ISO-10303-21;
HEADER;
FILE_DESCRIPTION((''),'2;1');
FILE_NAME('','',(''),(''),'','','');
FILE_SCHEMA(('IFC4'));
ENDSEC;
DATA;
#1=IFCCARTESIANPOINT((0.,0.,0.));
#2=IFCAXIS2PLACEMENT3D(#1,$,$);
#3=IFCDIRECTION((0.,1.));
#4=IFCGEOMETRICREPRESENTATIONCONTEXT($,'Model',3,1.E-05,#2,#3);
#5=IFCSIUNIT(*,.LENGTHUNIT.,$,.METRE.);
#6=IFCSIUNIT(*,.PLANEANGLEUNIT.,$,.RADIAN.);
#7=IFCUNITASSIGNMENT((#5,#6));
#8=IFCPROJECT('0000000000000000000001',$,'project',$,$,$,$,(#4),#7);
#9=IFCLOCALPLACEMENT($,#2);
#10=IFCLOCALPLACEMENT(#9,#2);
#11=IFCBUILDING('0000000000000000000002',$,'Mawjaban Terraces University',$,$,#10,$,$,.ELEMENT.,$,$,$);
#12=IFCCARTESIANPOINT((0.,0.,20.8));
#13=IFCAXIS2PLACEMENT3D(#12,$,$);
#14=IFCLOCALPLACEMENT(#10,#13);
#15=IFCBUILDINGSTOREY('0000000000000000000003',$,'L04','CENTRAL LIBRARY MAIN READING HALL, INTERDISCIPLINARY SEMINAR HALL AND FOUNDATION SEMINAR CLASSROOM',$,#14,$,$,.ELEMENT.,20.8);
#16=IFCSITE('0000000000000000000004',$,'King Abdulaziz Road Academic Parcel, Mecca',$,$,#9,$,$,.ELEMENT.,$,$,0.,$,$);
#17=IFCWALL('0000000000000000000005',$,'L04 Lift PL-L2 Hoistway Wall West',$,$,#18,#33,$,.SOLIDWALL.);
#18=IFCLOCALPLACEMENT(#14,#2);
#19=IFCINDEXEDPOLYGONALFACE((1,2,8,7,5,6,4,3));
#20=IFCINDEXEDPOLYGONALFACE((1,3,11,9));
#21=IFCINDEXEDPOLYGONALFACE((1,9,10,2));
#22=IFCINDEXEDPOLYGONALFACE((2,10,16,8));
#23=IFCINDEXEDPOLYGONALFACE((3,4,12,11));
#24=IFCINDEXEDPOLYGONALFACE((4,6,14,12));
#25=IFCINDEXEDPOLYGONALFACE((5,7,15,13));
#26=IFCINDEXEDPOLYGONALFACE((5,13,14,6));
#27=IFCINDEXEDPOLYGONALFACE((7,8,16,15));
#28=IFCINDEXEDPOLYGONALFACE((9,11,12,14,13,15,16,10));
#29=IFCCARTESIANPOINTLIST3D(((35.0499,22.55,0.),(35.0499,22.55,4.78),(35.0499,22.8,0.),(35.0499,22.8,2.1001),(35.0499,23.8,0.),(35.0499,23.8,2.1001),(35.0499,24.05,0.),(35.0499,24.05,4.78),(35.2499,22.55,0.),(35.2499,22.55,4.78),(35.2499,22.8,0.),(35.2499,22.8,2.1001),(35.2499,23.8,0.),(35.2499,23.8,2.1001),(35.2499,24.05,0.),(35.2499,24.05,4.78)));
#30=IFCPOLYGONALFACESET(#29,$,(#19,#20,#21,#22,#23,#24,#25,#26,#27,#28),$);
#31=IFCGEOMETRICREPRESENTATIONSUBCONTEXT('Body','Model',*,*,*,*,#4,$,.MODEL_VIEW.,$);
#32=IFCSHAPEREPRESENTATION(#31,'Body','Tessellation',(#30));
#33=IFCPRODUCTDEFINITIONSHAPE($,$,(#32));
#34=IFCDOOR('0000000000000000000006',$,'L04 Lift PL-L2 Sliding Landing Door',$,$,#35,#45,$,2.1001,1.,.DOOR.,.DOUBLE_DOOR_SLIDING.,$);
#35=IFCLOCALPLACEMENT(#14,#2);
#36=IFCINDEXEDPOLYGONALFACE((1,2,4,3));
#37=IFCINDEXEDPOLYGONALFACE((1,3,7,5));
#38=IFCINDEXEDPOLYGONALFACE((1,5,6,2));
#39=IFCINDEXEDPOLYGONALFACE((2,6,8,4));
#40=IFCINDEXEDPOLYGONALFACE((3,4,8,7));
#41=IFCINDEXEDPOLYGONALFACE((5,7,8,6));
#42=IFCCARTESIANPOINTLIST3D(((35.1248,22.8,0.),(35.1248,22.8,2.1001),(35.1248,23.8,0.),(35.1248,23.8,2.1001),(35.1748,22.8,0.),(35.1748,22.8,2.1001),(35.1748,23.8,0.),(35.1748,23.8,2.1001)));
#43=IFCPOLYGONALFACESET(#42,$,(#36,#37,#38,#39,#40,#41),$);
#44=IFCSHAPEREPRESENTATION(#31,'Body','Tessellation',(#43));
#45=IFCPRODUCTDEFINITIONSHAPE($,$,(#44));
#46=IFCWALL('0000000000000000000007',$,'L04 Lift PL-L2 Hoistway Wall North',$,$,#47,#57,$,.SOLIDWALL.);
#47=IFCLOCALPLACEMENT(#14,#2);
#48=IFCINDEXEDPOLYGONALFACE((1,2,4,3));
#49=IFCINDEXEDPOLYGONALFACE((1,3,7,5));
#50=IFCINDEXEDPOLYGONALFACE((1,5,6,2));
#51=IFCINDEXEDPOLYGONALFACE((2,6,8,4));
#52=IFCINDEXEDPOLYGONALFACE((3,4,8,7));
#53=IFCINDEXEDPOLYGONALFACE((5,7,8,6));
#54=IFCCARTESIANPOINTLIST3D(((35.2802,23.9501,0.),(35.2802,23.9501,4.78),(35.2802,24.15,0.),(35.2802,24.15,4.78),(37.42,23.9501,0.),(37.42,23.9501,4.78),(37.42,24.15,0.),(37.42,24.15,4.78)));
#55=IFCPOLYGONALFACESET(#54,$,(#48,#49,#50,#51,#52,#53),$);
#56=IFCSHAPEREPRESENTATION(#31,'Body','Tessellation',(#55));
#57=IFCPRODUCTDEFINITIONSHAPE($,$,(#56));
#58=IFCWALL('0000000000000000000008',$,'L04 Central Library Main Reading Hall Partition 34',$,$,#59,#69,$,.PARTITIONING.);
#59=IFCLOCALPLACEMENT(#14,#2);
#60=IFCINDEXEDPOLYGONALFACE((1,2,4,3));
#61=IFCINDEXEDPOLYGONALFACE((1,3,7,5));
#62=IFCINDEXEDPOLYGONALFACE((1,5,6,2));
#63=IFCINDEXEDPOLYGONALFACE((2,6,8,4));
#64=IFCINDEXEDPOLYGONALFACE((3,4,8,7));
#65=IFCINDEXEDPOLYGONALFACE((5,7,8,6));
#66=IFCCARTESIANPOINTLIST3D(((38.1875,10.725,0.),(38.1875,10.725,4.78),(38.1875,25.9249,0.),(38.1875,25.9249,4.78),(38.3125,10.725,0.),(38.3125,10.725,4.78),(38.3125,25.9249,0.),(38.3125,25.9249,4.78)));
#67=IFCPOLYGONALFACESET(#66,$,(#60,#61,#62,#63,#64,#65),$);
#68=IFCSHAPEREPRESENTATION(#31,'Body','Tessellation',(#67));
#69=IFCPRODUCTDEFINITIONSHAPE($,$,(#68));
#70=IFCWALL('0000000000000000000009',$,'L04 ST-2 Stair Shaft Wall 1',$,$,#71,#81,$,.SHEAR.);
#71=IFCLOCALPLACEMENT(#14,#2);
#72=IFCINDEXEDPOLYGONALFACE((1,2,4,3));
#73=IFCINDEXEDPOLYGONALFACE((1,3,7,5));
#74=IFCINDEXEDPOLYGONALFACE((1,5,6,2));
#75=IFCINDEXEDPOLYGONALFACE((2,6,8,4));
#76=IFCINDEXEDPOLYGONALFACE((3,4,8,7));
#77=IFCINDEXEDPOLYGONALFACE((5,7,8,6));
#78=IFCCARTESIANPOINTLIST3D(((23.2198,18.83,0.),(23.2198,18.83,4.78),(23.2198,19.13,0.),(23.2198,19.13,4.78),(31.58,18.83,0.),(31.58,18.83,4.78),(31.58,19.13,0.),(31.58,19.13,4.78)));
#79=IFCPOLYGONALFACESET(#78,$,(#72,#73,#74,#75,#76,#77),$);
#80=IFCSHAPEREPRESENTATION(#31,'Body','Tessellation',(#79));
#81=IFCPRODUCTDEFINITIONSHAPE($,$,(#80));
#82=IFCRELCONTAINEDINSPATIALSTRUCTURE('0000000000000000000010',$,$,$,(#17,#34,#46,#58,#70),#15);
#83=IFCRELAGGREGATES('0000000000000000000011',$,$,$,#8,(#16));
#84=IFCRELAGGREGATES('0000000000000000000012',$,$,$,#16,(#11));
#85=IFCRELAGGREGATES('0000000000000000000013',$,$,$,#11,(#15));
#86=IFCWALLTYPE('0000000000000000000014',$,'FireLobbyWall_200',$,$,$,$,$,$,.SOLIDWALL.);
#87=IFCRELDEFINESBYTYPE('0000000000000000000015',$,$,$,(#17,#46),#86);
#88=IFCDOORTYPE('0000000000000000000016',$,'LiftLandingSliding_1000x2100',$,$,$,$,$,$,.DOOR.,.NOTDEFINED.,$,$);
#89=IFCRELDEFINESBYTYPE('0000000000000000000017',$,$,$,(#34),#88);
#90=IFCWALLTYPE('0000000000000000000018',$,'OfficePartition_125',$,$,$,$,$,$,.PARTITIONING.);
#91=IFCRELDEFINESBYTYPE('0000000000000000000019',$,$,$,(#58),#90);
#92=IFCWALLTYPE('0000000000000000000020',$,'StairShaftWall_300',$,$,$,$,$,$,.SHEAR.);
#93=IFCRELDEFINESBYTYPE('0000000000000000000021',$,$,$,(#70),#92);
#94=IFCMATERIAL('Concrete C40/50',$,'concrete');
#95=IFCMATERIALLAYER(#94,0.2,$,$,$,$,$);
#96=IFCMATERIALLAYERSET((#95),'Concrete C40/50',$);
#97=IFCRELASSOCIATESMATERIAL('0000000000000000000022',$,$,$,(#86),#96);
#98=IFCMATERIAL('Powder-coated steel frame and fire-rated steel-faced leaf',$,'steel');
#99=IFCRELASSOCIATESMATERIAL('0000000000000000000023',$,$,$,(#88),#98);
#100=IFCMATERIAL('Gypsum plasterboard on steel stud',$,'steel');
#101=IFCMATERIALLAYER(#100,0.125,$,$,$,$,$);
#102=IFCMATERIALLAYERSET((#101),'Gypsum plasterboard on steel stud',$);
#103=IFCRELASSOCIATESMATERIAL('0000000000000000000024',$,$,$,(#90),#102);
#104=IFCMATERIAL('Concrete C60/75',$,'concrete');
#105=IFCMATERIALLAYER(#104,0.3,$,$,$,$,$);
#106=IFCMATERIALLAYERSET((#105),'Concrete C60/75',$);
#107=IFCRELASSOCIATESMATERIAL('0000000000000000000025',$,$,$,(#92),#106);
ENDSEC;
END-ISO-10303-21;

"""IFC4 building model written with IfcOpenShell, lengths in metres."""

from ifc_helpers import new_model, si_unit, direction, frame, frame_2d, origin, place, context, subcontext, project, spatial, rectangle, extrude, material, layer, layer_set, type_object, element, fill, save


model = new_model("IFC4")

# Units and contexts
model_context = context("Model", 3, precision=1e-05, world=origin(), true_north=direction((0.0, 1.0)))
body_context = subcontext(model_context, "Body", "Model", "MODEL_VIEW")
ifc_project = project(units=[si_unit("LENGTHUNIT", "METRE"), si_unit("PLANEANGLEUNIT", "RADIAN")], contexts=[model_context])

# Site, building, storey
site_placement = place(None, origin())
site = spatial("IfcSite", under=ifc_project, at=site_placement, Name="King Abdulaziz Road Academic Parcel, Mecca", CompositionType="ELEMENT", RefElevation=0.0)
building_placement = place(site_placement, origin())
building = spatial("IfcBuilding", under=site, at=building_placement, Name="Mawjaban Terraces University", CompositionType="ELEMENT")
storey_placement = place(building_placement, frame((0.0, 0.0, 20.8)))
storey = spatial("IfcBuildingStorey", under=building, at=storey_placement, Name="L04", Description="CENTRAL LIBRARY MAIN READING HALL, INTERDISCIPLINARY SEMINAR HALL AND FOUNDATION SEMINAR CLASSROOM", CompositionType="ELEMENT", Elevation=20.8)

# Shared definitions
ifc_material_1 = material(Name="Concrete C40/50", Category="concrete")
ifc_layer_1 = layer(ifc_material_1, 0.2)
ifc_layer_set_1 = layer_set([ifc_layer_1], Name="Concrete C40/50")
wall_type_1 = type_object("IfcWallType", Name="FireLobbyWall_200", PredefinedType="SOLIDWALL", material=ifc_layer_set_1)

# Shared definitions
ifc_material_2 = material(Name="Powder-coated steel frame and fire-rated steel-faced leaf", Category="steel")
door_type = type_object("IfcDoorType", Name="LiftLandingSliding_1000x2100", OperationType="NOTDEFINED", PredefinedType="DOOR", material=ifc_material_2)

# Wall, opening, door
wall_1_placement = place(storey_placement, frame((35.1499, 24.05, 0.0), z_axis=(0.0, 0.0, 1.0), x_axis=(0.0, -1.0, 0.0)))
wall_1 = element("IfcWall", 1, at=wall_1_placement, inside=storey, type_object=wall_type_1, Name="L04 Lift PL-L2 Hoistway Wall West", PredefinedType="SOLIDWALL", context=body_context, shape_type="SweptSolid", body=[
    extrude(rectangle(XDim=1.5, YDim=0.2, at=frame_2d((0.75, 0.0))), origin(), (0.0, 0.0, 1.0), 4.78),
])
opening_1_placement = place(wall_1_placement, frame((0.25, 0.0, 0.0)))
opening_1 = element("IfcOpeningElement", 2, at=opening_1_placement, cuts=wall_1, PredefinedType="OPENING", context=body_context, shape_type="SweptSolid", body=[
    extrude(rectangle(XDim=1.0, YDim=2.1001, at=frame_2d((0.5, 1.05))), frame((0.0, 0.1099, 0.0), z_axis=(0.0, -1.0, 0.0), x_axis=(1.0, 0.0, 0.0)), (0.0, 0.0, 1.0), 0.22),
])
door_1_placement = place(opening_1_placement, origin())
door_1 = element("IfcDoor", 3, at=door_1_placement, inside=storey, type_object=door_type, Name="L04 Lift PL-L2 Sliding Landing Door", OperationType="DOUBLE_DOOR_SLIDING", OverallHeight=2.1001, OverallWidth=1.0, PredefinedType="DOOR", context=body_context, shape_type="SweptSolid", body=[
    extrude(rectangle(XDim=1.0, YDim=2.1001, at=frame_2d((0.5, 1.05))), frame((0.0, 0.0249, 0.0), z_axis=(0.0, -1.0, 0.0), x_axis=(1.0, 0.0, 0.0)), (0.0, 0.0, 1.0), 0.05),
])
fill(opening_1, door_1)

# Walls
wall_2_placement = place(storey_placement, frame((37.4199, 24.05, 0.0), z_axis=(0.0, 0.0, 1.0), x_axis=(-1.0, 0.0, 0.0)))
element("IfcWall", 4, at=wall_2_placement, inside=storey, type_object=wall_type_1, Name="L04 Lift PL-L2 Hoistway Wall North", PredefinedType="SOLIDWALL", context=body_context, shape_type="SweptSolid", body=[
    extrude(rectangle(XDim=2.1399, YDim=0.2, at=frame_2d((1.0698, 0.0))), origin(), (0.0, 0.0, 1.0), 4.78),
])
ifc_material_3 = material(Name="Gypsum plasterboard on steel stud", Category="steel")
ifc_layer_2 = layer(ifc_material_3, 0.125)
ifc_layer_set_2 = layer_set([ifc_layer_2], Name="Gypsum plasterboard on steel stud")
wall_type_2 = type_object("IfcWallType", Name="OfficePartition_125", PredefinedType="PARTITIONING", material=ifc_layer_set_2)
wall_3_placement = place(storey_placement, frame((38.25, 25.925, 0.0), z_axis=(0.0, 0.0, 1.0), x_axis=(0.0, -1.0, 0.0)))
element("IfcWall", 5, at=wall_3_placement, inside=storey, type_object=wall_type_2, Name="L04 Central Library Main Reading Hall Partition 34", PredefinedType="PARTITIONING", context=body_context, shape_type="SweptSolid", body=[
    extrude(rectangle(XDim=15.2, YDim=0.125, at=frame_2d((7.6001, 0.0))), origin(), (0.0, 0.0, 1.0), 4.78),
])
ifc_material_4 = material(Name="Concrete C60/75", Category="concrete")
ifc_layer_3 = layer(ifc_material_4, 0.3)
ifc_layer_set_3 = layer_set([ifc_layer_3], Name="Concrete C60/75")
wall_type_3 = type_object("IfcWallType", Name="StairShaftWall_300", PredefinedType="SHEAR", material=ifc_layer_set_3)
wall_4_placement = place(storey_placement, frame((31.5801, 18.98, 0.0), z_axis=(0.0, 0.0, 1.0), x_axis=(-1.0, 0.0, 0.0)))
element("IfcWall", 6, at=wall_4_placement, inside=storey, type_object=wall_type_3, Name="L04 ST-2 Stair Shaft Wall 1", PredefinedType="SHEAR", context=body_context, shape_type="SweptSolid", body=[
    extrude(rectangle(XDim=8.3601, YDim=0.3, at=frame_2d((4.1802, 0.0))), origin(), (0.0, 0.0, 1.0), 4.78),
])

save(model, "model.ifc")
